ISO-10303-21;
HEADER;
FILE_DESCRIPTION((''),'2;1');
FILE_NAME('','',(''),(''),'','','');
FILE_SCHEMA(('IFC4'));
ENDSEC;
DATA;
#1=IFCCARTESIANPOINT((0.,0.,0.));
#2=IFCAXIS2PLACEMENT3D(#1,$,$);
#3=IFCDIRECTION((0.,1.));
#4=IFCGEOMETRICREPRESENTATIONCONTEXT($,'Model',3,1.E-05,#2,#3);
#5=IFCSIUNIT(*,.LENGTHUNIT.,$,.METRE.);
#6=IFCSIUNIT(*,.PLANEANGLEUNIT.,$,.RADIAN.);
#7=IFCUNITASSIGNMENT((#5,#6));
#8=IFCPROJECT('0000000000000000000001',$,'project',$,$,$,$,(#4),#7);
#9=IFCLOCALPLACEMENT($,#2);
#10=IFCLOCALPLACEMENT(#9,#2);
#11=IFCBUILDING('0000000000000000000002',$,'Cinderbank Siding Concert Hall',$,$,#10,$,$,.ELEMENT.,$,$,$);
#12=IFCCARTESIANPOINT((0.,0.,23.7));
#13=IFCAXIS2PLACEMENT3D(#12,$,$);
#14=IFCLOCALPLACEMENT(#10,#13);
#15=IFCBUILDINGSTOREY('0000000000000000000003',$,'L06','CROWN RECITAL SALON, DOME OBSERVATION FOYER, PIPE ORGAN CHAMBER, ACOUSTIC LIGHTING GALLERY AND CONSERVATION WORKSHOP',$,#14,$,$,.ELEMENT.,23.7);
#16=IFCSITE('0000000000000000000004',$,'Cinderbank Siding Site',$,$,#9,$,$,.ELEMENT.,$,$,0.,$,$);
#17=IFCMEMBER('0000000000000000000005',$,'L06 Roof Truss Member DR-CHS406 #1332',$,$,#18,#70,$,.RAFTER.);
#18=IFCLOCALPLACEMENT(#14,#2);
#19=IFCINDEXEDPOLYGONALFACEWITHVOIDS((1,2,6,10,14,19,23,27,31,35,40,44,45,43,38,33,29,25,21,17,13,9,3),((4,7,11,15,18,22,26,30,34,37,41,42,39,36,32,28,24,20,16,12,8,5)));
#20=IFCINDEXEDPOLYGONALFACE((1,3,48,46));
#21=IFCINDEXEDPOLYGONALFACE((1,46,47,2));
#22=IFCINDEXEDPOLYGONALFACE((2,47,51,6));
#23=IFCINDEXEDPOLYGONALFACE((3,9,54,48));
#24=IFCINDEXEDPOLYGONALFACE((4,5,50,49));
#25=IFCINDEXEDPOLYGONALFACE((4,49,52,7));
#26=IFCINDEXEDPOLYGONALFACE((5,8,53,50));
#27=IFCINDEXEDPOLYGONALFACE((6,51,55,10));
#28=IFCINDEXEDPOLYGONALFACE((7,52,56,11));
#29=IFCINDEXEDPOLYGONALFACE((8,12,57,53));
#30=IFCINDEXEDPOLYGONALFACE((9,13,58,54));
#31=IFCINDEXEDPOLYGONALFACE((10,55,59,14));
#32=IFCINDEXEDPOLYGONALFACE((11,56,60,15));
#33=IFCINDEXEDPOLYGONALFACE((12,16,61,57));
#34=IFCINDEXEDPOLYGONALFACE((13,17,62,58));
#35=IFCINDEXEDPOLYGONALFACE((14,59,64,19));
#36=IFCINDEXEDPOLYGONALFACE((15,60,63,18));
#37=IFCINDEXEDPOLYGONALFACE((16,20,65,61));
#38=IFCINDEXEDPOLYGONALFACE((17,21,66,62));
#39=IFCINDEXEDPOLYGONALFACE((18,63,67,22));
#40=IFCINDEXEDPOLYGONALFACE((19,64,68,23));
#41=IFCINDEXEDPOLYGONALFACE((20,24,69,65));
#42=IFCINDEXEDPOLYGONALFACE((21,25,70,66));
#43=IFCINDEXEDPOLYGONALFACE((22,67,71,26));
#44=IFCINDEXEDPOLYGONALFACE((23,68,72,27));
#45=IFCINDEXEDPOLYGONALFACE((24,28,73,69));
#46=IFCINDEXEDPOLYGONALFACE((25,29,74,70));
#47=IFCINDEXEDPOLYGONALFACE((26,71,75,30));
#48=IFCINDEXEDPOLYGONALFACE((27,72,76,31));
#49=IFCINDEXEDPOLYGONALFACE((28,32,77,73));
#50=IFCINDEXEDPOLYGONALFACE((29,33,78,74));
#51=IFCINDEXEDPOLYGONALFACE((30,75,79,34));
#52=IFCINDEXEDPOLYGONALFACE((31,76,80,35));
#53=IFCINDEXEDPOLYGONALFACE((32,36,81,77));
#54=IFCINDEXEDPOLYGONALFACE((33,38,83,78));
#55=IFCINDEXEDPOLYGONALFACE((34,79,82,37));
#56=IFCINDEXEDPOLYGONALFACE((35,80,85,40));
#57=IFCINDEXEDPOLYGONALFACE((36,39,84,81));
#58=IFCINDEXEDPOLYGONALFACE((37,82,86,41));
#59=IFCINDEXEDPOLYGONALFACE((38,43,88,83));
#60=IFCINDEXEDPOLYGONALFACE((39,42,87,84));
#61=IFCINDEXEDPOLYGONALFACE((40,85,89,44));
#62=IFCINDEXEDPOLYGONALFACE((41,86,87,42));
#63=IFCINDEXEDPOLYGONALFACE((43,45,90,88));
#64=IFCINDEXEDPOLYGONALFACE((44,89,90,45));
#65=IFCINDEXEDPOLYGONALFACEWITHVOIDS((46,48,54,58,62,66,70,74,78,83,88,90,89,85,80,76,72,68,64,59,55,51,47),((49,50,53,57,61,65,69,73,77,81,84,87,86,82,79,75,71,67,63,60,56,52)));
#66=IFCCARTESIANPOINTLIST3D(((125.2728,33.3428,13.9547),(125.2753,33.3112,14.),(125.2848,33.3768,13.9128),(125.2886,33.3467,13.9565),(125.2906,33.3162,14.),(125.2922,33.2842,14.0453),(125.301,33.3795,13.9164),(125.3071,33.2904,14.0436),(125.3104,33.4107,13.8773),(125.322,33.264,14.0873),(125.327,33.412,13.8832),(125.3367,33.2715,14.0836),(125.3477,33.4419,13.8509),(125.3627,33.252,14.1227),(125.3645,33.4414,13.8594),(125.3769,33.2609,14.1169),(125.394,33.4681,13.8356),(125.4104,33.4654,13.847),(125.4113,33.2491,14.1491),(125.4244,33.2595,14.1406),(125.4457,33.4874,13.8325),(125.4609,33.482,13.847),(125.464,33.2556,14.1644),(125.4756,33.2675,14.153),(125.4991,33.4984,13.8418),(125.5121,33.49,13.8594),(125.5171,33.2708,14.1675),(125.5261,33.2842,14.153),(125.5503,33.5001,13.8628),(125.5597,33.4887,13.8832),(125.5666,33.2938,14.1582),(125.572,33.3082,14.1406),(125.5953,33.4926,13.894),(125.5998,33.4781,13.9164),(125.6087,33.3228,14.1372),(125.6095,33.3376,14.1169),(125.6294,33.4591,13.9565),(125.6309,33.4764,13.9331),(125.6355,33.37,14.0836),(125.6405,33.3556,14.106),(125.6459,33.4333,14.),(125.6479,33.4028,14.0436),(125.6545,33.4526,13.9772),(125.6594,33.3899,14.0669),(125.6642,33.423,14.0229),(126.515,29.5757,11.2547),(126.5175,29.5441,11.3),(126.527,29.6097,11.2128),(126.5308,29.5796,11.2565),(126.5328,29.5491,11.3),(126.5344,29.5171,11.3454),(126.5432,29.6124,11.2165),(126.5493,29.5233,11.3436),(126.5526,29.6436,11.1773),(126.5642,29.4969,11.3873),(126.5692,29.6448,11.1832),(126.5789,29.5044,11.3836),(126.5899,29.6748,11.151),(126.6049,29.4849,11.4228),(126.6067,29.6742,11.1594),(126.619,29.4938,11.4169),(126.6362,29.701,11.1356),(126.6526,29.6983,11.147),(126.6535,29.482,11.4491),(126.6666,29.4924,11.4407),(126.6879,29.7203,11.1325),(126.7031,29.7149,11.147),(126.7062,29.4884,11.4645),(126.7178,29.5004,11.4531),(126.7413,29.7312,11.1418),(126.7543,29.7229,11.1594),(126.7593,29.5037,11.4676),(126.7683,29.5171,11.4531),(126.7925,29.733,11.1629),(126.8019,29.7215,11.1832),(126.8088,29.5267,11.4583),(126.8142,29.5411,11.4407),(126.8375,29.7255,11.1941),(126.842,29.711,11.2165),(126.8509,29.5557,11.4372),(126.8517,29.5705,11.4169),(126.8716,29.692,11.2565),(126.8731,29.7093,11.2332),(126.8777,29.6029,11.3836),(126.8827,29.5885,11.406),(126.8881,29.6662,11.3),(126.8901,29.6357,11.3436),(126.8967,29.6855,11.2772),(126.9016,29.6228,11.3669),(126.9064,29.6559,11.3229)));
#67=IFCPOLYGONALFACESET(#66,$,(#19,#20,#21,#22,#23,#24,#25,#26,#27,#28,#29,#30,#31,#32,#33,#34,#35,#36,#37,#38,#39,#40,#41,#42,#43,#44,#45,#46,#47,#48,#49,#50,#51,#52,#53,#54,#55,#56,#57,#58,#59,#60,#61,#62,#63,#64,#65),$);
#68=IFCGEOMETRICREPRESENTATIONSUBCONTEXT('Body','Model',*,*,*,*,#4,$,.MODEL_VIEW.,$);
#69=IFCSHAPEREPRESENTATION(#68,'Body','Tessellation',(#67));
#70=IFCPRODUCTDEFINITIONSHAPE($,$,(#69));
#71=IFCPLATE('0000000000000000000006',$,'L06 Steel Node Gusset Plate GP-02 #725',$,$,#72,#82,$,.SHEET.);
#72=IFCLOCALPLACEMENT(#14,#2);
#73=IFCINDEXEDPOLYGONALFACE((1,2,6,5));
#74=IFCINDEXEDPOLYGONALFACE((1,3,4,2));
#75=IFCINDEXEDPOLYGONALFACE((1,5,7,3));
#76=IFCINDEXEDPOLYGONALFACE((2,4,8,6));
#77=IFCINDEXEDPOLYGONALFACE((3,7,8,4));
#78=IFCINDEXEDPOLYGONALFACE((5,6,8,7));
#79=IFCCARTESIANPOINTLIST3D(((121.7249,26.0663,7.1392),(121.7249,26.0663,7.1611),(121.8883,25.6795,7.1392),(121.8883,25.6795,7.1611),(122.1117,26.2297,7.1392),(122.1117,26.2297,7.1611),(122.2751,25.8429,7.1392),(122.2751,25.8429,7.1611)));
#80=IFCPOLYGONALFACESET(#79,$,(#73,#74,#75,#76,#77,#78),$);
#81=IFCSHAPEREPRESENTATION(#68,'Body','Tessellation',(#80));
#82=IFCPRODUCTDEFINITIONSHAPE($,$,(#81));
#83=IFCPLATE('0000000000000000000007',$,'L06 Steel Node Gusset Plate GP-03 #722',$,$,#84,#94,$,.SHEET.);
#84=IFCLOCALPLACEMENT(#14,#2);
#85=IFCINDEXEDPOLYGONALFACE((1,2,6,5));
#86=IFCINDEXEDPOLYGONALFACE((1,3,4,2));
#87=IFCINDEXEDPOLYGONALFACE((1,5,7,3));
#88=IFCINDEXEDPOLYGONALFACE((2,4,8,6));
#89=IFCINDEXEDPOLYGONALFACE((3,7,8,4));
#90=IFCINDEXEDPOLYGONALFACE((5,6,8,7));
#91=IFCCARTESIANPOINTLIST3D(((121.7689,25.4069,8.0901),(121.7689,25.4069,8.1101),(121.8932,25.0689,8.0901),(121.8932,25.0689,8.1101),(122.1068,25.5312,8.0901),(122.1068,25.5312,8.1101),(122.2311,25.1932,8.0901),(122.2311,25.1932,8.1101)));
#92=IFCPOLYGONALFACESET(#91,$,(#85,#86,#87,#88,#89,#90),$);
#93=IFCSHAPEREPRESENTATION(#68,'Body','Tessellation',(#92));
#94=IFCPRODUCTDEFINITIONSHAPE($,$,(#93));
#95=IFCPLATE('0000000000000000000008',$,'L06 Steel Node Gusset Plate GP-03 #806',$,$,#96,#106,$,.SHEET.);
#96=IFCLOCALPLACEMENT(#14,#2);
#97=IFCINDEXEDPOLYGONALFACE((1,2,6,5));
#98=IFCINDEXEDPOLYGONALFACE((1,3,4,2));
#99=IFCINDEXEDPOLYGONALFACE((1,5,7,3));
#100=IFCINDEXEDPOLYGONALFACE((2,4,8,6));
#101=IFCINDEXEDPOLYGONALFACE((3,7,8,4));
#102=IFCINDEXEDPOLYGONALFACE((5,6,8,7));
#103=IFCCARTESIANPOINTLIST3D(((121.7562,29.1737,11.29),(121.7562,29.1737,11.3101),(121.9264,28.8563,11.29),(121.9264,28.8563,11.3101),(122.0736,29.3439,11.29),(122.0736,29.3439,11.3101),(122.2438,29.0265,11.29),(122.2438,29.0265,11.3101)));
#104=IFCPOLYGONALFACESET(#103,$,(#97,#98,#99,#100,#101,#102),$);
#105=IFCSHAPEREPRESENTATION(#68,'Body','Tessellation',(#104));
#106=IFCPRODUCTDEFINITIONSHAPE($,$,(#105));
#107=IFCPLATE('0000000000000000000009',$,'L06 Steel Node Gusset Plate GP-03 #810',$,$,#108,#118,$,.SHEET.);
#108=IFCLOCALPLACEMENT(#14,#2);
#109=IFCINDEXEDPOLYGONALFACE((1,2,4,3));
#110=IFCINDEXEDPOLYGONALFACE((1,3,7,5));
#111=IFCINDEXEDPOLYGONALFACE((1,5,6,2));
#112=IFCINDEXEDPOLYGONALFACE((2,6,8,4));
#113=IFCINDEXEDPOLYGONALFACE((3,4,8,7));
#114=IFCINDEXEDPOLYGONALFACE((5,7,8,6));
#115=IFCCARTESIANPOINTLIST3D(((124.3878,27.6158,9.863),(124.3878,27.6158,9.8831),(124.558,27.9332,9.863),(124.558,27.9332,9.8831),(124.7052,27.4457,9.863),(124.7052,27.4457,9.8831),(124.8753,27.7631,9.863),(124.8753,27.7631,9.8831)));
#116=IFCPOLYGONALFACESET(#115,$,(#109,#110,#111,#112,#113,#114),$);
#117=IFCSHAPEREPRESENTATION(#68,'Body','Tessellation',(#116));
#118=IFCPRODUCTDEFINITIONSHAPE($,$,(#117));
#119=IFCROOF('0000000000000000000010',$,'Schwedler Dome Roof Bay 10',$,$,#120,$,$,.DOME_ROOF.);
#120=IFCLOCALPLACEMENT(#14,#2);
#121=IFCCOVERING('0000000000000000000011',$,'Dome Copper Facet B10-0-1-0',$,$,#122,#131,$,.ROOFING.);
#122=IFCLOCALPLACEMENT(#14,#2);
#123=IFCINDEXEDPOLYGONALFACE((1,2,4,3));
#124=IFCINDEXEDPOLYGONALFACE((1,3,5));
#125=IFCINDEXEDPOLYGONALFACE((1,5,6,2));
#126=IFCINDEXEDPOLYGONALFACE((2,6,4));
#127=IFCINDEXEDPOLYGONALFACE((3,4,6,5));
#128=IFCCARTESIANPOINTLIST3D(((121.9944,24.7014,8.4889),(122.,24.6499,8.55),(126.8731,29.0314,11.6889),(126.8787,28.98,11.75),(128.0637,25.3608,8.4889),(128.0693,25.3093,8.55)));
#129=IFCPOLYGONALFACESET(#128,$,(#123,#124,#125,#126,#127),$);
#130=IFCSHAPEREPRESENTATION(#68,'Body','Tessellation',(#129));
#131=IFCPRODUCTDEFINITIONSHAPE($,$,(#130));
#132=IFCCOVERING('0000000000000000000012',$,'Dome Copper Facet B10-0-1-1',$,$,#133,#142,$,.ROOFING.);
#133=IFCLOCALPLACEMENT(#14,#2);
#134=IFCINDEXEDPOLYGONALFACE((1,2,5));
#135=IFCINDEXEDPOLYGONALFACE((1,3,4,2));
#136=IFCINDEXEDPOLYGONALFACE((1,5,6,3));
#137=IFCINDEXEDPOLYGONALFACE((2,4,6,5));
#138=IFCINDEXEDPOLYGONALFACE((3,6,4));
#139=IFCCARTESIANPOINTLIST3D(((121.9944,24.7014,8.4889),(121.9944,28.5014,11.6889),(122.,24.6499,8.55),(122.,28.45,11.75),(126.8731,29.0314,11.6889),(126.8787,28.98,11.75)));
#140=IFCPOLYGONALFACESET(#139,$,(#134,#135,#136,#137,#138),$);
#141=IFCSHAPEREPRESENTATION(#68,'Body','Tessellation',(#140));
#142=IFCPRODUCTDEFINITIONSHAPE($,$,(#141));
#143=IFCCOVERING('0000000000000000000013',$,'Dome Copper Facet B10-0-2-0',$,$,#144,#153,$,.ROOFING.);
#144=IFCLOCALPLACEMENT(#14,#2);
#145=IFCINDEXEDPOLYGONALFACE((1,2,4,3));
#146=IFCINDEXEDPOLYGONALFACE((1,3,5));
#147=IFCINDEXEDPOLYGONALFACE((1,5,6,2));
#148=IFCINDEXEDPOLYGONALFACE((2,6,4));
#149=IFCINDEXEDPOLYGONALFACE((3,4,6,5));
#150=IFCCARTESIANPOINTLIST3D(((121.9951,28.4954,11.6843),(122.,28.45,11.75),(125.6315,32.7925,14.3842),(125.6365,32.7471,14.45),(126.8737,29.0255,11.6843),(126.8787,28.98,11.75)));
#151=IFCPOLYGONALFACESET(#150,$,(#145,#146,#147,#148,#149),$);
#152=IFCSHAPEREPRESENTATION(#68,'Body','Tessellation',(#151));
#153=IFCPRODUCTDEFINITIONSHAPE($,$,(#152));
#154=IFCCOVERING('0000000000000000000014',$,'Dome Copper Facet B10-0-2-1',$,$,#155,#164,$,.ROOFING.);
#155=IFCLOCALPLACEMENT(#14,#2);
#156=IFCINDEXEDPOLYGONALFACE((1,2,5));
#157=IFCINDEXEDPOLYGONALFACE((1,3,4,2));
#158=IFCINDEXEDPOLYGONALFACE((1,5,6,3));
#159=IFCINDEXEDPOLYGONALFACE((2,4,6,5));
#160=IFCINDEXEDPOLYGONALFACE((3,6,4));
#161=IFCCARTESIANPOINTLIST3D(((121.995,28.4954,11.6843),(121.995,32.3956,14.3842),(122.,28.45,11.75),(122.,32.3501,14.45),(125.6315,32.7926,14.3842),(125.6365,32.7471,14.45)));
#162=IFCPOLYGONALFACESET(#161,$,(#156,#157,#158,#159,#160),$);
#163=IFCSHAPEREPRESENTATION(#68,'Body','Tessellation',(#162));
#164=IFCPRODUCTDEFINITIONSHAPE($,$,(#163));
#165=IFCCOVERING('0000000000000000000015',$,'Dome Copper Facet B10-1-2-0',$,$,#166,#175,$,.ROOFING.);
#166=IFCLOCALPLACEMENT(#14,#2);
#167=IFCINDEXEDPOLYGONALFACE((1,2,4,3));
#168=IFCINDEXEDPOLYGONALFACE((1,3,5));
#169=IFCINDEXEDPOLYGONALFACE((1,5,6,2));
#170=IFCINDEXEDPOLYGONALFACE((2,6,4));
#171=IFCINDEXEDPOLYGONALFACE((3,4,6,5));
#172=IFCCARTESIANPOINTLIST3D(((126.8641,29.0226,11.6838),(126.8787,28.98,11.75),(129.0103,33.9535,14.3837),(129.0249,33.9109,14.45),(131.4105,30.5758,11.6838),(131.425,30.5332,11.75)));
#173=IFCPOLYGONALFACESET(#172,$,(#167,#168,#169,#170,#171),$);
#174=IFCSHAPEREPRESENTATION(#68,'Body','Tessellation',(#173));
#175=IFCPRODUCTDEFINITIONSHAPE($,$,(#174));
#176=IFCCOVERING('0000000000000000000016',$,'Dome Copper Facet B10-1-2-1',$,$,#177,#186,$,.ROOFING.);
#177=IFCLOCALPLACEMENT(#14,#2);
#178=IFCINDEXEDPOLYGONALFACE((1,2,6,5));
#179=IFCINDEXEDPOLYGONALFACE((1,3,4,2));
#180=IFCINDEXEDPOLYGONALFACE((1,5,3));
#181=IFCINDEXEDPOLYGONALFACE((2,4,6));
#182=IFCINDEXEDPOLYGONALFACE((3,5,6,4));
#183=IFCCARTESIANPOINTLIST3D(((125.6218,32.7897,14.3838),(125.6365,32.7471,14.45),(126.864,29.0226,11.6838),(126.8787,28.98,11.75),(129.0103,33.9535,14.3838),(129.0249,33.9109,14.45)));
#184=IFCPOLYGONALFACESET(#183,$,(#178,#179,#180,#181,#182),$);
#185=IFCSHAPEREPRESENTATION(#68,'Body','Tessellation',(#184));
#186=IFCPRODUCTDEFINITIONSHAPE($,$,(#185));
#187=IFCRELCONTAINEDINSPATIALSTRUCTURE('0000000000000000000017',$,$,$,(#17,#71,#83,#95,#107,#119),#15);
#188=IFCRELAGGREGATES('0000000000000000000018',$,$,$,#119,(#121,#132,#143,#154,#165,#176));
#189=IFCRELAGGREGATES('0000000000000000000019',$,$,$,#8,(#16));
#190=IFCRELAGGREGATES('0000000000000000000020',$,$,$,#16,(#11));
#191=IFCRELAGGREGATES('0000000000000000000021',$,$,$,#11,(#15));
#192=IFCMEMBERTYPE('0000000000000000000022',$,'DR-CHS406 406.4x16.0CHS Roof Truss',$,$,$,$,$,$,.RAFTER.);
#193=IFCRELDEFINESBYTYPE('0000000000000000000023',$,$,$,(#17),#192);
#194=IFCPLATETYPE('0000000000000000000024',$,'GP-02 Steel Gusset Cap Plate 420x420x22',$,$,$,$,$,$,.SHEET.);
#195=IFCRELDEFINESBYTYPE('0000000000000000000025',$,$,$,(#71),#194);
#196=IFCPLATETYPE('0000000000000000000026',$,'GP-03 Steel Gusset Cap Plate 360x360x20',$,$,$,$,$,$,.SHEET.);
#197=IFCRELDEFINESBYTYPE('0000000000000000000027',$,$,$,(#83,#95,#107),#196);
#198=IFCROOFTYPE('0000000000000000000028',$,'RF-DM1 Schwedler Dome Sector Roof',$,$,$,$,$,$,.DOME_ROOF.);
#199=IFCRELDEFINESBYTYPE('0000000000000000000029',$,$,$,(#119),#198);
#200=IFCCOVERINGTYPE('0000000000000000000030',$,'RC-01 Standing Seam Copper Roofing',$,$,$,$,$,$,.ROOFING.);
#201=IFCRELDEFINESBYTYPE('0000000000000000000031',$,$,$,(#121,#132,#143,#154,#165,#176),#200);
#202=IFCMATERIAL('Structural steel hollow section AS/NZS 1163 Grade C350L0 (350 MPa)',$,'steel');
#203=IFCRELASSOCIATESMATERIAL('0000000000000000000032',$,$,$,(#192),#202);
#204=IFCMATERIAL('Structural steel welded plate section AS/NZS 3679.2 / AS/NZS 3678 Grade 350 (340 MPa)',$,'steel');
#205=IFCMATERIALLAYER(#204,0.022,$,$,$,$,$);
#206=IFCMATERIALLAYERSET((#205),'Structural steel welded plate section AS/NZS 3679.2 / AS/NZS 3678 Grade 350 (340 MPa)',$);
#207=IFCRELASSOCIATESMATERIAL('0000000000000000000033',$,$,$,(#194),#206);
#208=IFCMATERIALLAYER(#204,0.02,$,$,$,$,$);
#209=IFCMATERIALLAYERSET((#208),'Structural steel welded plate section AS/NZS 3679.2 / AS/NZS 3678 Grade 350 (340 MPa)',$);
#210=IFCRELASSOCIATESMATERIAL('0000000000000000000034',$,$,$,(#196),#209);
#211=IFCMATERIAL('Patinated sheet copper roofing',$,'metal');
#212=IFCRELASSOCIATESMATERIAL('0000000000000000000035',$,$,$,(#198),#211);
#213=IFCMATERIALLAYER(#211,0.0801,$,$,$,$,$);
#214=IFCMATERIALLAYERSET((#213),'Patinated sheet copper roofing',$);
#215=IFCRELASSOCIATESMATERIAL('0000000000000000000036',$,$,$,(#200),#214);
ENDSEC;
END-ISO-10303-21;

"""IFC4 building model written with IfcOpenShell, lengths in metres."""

from ifc_helpers import new_model, si_unit, direction, frame, origin, origin_2d, place, context, subcontext, project, spatial, polyline, rectangle, hollow_circle, outline, extrude, material, layer, layer_set, material_profile, profile_set, type_object, element, aggregate, save


model = new_model("IFC4")

# Units and contexts
model_context = context("Model", 3, precision=1e-05, world=origin(), true_north=direction((0.0, 1.0)))
body_context = subcontext(model_context, "Body", "Model", "MODEL_VIEW")
ifc_project = project(units=[si_unit("LENGTHUNIT", "METRE"), si_unit("PLANEANGLEUNIT", "RADIAN")], contexts=[model_context])

# Site, building, storey
site_placement = place(None, origin())
site = spatial("IfcSite", under=ifc_project, at=site_placement, Name="Cinderbank Siding Site", CompositionType="ELEMENT", RefElevation=0.0)
building_placement = place(site_placement, origin())
building = spatial("IfcBuilding", under=site, at=building_placement, Name="Cinderbank Siding Concert Hall", CompositionType="ELEMENT")
storey_placement = place(building_placement, frame((0.0, 0.0, 23.7)))
storey = spatial("IfcBuildingStorey", under=building, at=storey_placement, Name="L06", Description="CROWN RECITAL SALON, DOME OBSERVATION FOYER, PIPE ORGAN CHAMBER, ACOUSTIC LIGHTING GALLERY AND CONSERVATION WORKSHOP", CompositionType="ELEMENT", Elevation=23.7)

# Member
ifc_material_1 = material(Name="Structural steel hollow section AS/NZS 1163 Grade C350L0 (350 MPa)", Category="steel")
ifc_material_profile_1 = material_profile(ifc_material_1, hollow_circle(Radius=0.2031, WallThickness=0.0161, at=origin_2d()), Name="406.4x16.0CHS", Category="LoadBearing")
ifc_profile_set_1 = profile_set([ifc_material_profile_1], Name="Structural steel hollow section AS/NZS 1163 Grade C350L0 (350 MPa)")
member_type_1 = type_object("IfcMemberType", Name="DR-CHS406 406.4x16.0CHS Roof Truss", PredefinedType="RAFTER", material=ifc_profile_set_1)
member_1_placement = place(storey_placement, frame((126.7104, 29.6077, 11.3), z_axis=(-0.25888, 0.785088, 0.562689), x_axis=(-0.9497, -0.313161, 0.0)))
element("IfcMember", 1, at=member_1_placement, inside=storey, type_object=member_type_1, Name="L06 Roof Truss Member DR-CHS406 #1332", PredefinedType="RAFTER", context=body_context, shape_type="SweptSolid", body=[
    extrude(hollow_circle(Radius=0.2031, WallThickness=0.0161, at=origin_2d()), origin(), (0.0, 0.0, 1.0), 4.7983),
])

# Plates
ifc_material_2 = material(Name="Structural steel welded plate section AS/NZS 3679.2 / AS/NZS 3678 Grade 350 (340 MPa)", Category="steel")
ifc_layer_1 = layer(ifc_material_2, 0.022)
ifc_layer_set_1 = layer_set([ifc_layer_1], Name="Structural steel welded plate section AS/NZS 3679.2 / AS/NZS 3678 Grade 350 (340 MPa)")
plate_type_1 = type_object("IfcPlateType", Name="GP-02 Steel Gusset Cap Plate 420x420x22", PredefinedType="SHEET", material=ifc_layer_set_1)
plate_placement = place(storey_placement, frame((122.0, 25.9546, 7.1392), z_axis=(0.0, 0.0, 1.0), x_axis=(0.921185, 0.389124, 0.0)))
element("IfcPlate", 2, at=plate_placement, inside=storey, type_object=plate_type_1, Name="L06 Steel Node Gusset Plate GP-02 #725", PredefinedType="SHEET", context=body_context, shape_type="SweptSolid", body=[
    extrude(rectangle(XDim=0.4199, YDim=0.4199, at=origin_2d()), origin(), (0.0, 0.0, 1.0), 0.022),
])
ifc_layer_2 = layer(ifc_material_2, 0.02)
ifc_layer_set_2 = layer_set([ifc_layer_2], Name="Structural steel welded plate section AS/NZS 3679.2 / AS/NZS 3678 Grade 350 (340 MPa)")
plate_type_2 = type_object("IfcPlateType", Name="GP-03 Steel Gusset Cap Plate 360x360x20", PredefinedType="SHEET", material=ifc_layer_set_2)
for number, where, z_axis, x_axis, name in (
    (3, (122.0, 25.3, 8.0901), (0.0, 0.0, 1.0), (0.938553, 0.345134, 0.0), "L06 Steel Node Gusset Plate GP-03 #722"),
    (4, (122.0, 29.1001, 11.29), (0.0, 0.0, 1.0), (0.881386, 0.472397, 0.0), "L06 Steel Node Gusset Plate GP-03 #806"),
    (5, (124.6316, 27.6895, 9.863), (0.0, 0.0, 1.0), (-0.881386, 0.472397, 0.0), "L06 Steel Node Gusset Plate GP-03 #810"),
):
    element("IfcPlate", number, at=place(storey_placement, frame(where, z_axis=z_axis, x_axis=x_axis)), inside=storey, type_object=plate_type_2, Name=name, PredefinedType="SHEET", context=body_context, shape_type="SweptSolid", body=[
        extrude(rectangle(XDim=0.3601, YDim=0.3601, at=origin_2d()), origin(), (0.0, 0.0, 1.0), 0.02),
    ])

# Roof, coverings
ifc_material_3 = material(Name="Patinated sheet copper roofing", Category="metal")
roof_type = type_object("IfcRoofType", Name="RF-DM1 Schwedler Dome Sector Roof", PredefinedType="DOME_ROOF", material=ifc_material_3)
roof_placement = place(storey_placement, origin())
roof = element("IfcRoof", 6, at=roof_placement, inside=storey, type_object=roof_type, Name="Schwedler Dome Roof Bay 10", PredefinedType="DOME_ROOF")
ifc_layer_3 = layer(ifc_material_3, 0.0801)
ifc_layer_set_3 = layer_set([ifc_layer_3], Name="Patinated sheet copper roofing")
covering_type = type_object("IfcCoveringType", Name="RC-01 Standing Seam Copper Roofing", PredefinedType="ROOFING", material=ifc_layer_set_3)
covering_1_placement = place(storey_placement, frame((122.0, 24.6499, 8.55), z_axis=(0.069813, -0.642556, 0.763051), x_axis=(0.99415, 0.108013, 0.0)))
covering_1 = element("IfcCovering", 7, at=covering_1_placement, type_object=covering_type, Name="Dome Copper Facet B10-0-1-0", PredefinedType="ROOFING", context=body_context, shape_type="SweptSolid", body=[
    extrude(outline(polyline([(0.0, 0.0), (6.1051, 0.0), (5.3178, 4.9509), (0.0, 0.0)])), origin(), (0.0, 0.0, -1.0), 0.0801),
])
covering_2_placement = place(storey_placement, frame((122.0, 24.6499, 8.55), z_axis=(0.069809, -0.642554, 0.763054), x_axis=(0.671463, 0.59596, 0.440418)))
covering_2 = element("IfcCovering", 8, at=covering_2_placement, type_object=covering_type, Name="Dome Copper Facet B10-0-1-1", PredefinedType="ROOFING", context=body_context, shape_type="SweptSolid", body=[
    extrude(outline(polyline([(0.0, 0.0), (7.2657, 0.0), (3.674, 3.3439), (0.0, 0.0)])), origin(), (0.0, 0.0, -1.0), 0.0801),
])
covering_3_placement = place(storey_placement, frame((122.0, 28.45, 11.75), z_axis=(0.0617, -0.567917, 0.82077), x_axis=(0.99415, 0.108007, 0.0)))
covering_3 = element("IfcCovering", 9, at=covering_3_placement, type_object=covering_type, Name="Dome Copper Facet B10-0-2-0", PredefinedType="ROOFING", context=body_context, shape_type="SweptSolid", body=[
    extrude(outline(polyline([(0.0, 0.0), (4.9074, 0.0), (4.0793, 4.7263), (0.0, 0.0)])), origin(), (0.0, 0.0, -1.0), 0.0801),
])
covering_4_placement = place(storey_placement, frame((122.0, 28.45, 11.75), z_axis=(0.062015, -0.568093, 0.820624), x_axis=(0.582459, 0.688276, 0.432455)))
covering_4 = element("IfcCovering", 10, at=covering_4_placement, type_object=covering_type, Name="Dome Copper Facet B10-0-2-1", PredefinedType="ROOFING", context=body_context, shape_type="SweptSolid", body=[
    extrude(outline(polyline([(0.0, 0.0), (6.2433, 0.0), (3.852, 2.7682), (0.0, 0.0)])), origin(), (0.0, 0.0, -1.0), 0.0801),
])
covering_5_placement = place(storey_placement, frame((126.8787, 28.98, 11.75), z_axis=(0.181736, -0.531955, 0.827041), x_axis=(0.946299, 0.323293, 0.0)))
covering_5 = element("IfcCovering", 11, at=covering_5_placement, type_object=covering_type, Name="Dome Copper Facet B10-1-2-0", PredefinedType="ROOFING", context=body_context, shape_type="SweptSolid", body=[
    extrude(outline(polyline([(0.0, 0.0), (4.8044, 0.0), (3.6251, 4.803), (0.0, 0.0)])), origin(), (0.0, 0.0, -1.0), 0.0801),
])
covering_6_placement = place(storey_placement, frame((126.8787, 28.98, 11.75), z_axis=(0.182794, -0.532201, 0.826649), x_axis=(0.356668, 0.819432, 0.448685)))
covering_6 = element("IfcCovering", 12, at=covering_6_placement, type_object=covering_type, Name="Dome Copper Facet B10-1-2-1", PredefinedType="ROOFING", context=body_context, shape_type="SweptSolid", body=[
    extrude(outline(polyline([(0.0, 0.0), (6.0175, 0.0), (3.8553, 2.8567), (0.0, 0.0)])), origin(), (0.0, 0.0, -1.0), 0.0801),
])
aggregate(roof, [covering_1, covering_2, covering_3, covering_4, covering_5, covering_6])

save(model, "model.ifc")
